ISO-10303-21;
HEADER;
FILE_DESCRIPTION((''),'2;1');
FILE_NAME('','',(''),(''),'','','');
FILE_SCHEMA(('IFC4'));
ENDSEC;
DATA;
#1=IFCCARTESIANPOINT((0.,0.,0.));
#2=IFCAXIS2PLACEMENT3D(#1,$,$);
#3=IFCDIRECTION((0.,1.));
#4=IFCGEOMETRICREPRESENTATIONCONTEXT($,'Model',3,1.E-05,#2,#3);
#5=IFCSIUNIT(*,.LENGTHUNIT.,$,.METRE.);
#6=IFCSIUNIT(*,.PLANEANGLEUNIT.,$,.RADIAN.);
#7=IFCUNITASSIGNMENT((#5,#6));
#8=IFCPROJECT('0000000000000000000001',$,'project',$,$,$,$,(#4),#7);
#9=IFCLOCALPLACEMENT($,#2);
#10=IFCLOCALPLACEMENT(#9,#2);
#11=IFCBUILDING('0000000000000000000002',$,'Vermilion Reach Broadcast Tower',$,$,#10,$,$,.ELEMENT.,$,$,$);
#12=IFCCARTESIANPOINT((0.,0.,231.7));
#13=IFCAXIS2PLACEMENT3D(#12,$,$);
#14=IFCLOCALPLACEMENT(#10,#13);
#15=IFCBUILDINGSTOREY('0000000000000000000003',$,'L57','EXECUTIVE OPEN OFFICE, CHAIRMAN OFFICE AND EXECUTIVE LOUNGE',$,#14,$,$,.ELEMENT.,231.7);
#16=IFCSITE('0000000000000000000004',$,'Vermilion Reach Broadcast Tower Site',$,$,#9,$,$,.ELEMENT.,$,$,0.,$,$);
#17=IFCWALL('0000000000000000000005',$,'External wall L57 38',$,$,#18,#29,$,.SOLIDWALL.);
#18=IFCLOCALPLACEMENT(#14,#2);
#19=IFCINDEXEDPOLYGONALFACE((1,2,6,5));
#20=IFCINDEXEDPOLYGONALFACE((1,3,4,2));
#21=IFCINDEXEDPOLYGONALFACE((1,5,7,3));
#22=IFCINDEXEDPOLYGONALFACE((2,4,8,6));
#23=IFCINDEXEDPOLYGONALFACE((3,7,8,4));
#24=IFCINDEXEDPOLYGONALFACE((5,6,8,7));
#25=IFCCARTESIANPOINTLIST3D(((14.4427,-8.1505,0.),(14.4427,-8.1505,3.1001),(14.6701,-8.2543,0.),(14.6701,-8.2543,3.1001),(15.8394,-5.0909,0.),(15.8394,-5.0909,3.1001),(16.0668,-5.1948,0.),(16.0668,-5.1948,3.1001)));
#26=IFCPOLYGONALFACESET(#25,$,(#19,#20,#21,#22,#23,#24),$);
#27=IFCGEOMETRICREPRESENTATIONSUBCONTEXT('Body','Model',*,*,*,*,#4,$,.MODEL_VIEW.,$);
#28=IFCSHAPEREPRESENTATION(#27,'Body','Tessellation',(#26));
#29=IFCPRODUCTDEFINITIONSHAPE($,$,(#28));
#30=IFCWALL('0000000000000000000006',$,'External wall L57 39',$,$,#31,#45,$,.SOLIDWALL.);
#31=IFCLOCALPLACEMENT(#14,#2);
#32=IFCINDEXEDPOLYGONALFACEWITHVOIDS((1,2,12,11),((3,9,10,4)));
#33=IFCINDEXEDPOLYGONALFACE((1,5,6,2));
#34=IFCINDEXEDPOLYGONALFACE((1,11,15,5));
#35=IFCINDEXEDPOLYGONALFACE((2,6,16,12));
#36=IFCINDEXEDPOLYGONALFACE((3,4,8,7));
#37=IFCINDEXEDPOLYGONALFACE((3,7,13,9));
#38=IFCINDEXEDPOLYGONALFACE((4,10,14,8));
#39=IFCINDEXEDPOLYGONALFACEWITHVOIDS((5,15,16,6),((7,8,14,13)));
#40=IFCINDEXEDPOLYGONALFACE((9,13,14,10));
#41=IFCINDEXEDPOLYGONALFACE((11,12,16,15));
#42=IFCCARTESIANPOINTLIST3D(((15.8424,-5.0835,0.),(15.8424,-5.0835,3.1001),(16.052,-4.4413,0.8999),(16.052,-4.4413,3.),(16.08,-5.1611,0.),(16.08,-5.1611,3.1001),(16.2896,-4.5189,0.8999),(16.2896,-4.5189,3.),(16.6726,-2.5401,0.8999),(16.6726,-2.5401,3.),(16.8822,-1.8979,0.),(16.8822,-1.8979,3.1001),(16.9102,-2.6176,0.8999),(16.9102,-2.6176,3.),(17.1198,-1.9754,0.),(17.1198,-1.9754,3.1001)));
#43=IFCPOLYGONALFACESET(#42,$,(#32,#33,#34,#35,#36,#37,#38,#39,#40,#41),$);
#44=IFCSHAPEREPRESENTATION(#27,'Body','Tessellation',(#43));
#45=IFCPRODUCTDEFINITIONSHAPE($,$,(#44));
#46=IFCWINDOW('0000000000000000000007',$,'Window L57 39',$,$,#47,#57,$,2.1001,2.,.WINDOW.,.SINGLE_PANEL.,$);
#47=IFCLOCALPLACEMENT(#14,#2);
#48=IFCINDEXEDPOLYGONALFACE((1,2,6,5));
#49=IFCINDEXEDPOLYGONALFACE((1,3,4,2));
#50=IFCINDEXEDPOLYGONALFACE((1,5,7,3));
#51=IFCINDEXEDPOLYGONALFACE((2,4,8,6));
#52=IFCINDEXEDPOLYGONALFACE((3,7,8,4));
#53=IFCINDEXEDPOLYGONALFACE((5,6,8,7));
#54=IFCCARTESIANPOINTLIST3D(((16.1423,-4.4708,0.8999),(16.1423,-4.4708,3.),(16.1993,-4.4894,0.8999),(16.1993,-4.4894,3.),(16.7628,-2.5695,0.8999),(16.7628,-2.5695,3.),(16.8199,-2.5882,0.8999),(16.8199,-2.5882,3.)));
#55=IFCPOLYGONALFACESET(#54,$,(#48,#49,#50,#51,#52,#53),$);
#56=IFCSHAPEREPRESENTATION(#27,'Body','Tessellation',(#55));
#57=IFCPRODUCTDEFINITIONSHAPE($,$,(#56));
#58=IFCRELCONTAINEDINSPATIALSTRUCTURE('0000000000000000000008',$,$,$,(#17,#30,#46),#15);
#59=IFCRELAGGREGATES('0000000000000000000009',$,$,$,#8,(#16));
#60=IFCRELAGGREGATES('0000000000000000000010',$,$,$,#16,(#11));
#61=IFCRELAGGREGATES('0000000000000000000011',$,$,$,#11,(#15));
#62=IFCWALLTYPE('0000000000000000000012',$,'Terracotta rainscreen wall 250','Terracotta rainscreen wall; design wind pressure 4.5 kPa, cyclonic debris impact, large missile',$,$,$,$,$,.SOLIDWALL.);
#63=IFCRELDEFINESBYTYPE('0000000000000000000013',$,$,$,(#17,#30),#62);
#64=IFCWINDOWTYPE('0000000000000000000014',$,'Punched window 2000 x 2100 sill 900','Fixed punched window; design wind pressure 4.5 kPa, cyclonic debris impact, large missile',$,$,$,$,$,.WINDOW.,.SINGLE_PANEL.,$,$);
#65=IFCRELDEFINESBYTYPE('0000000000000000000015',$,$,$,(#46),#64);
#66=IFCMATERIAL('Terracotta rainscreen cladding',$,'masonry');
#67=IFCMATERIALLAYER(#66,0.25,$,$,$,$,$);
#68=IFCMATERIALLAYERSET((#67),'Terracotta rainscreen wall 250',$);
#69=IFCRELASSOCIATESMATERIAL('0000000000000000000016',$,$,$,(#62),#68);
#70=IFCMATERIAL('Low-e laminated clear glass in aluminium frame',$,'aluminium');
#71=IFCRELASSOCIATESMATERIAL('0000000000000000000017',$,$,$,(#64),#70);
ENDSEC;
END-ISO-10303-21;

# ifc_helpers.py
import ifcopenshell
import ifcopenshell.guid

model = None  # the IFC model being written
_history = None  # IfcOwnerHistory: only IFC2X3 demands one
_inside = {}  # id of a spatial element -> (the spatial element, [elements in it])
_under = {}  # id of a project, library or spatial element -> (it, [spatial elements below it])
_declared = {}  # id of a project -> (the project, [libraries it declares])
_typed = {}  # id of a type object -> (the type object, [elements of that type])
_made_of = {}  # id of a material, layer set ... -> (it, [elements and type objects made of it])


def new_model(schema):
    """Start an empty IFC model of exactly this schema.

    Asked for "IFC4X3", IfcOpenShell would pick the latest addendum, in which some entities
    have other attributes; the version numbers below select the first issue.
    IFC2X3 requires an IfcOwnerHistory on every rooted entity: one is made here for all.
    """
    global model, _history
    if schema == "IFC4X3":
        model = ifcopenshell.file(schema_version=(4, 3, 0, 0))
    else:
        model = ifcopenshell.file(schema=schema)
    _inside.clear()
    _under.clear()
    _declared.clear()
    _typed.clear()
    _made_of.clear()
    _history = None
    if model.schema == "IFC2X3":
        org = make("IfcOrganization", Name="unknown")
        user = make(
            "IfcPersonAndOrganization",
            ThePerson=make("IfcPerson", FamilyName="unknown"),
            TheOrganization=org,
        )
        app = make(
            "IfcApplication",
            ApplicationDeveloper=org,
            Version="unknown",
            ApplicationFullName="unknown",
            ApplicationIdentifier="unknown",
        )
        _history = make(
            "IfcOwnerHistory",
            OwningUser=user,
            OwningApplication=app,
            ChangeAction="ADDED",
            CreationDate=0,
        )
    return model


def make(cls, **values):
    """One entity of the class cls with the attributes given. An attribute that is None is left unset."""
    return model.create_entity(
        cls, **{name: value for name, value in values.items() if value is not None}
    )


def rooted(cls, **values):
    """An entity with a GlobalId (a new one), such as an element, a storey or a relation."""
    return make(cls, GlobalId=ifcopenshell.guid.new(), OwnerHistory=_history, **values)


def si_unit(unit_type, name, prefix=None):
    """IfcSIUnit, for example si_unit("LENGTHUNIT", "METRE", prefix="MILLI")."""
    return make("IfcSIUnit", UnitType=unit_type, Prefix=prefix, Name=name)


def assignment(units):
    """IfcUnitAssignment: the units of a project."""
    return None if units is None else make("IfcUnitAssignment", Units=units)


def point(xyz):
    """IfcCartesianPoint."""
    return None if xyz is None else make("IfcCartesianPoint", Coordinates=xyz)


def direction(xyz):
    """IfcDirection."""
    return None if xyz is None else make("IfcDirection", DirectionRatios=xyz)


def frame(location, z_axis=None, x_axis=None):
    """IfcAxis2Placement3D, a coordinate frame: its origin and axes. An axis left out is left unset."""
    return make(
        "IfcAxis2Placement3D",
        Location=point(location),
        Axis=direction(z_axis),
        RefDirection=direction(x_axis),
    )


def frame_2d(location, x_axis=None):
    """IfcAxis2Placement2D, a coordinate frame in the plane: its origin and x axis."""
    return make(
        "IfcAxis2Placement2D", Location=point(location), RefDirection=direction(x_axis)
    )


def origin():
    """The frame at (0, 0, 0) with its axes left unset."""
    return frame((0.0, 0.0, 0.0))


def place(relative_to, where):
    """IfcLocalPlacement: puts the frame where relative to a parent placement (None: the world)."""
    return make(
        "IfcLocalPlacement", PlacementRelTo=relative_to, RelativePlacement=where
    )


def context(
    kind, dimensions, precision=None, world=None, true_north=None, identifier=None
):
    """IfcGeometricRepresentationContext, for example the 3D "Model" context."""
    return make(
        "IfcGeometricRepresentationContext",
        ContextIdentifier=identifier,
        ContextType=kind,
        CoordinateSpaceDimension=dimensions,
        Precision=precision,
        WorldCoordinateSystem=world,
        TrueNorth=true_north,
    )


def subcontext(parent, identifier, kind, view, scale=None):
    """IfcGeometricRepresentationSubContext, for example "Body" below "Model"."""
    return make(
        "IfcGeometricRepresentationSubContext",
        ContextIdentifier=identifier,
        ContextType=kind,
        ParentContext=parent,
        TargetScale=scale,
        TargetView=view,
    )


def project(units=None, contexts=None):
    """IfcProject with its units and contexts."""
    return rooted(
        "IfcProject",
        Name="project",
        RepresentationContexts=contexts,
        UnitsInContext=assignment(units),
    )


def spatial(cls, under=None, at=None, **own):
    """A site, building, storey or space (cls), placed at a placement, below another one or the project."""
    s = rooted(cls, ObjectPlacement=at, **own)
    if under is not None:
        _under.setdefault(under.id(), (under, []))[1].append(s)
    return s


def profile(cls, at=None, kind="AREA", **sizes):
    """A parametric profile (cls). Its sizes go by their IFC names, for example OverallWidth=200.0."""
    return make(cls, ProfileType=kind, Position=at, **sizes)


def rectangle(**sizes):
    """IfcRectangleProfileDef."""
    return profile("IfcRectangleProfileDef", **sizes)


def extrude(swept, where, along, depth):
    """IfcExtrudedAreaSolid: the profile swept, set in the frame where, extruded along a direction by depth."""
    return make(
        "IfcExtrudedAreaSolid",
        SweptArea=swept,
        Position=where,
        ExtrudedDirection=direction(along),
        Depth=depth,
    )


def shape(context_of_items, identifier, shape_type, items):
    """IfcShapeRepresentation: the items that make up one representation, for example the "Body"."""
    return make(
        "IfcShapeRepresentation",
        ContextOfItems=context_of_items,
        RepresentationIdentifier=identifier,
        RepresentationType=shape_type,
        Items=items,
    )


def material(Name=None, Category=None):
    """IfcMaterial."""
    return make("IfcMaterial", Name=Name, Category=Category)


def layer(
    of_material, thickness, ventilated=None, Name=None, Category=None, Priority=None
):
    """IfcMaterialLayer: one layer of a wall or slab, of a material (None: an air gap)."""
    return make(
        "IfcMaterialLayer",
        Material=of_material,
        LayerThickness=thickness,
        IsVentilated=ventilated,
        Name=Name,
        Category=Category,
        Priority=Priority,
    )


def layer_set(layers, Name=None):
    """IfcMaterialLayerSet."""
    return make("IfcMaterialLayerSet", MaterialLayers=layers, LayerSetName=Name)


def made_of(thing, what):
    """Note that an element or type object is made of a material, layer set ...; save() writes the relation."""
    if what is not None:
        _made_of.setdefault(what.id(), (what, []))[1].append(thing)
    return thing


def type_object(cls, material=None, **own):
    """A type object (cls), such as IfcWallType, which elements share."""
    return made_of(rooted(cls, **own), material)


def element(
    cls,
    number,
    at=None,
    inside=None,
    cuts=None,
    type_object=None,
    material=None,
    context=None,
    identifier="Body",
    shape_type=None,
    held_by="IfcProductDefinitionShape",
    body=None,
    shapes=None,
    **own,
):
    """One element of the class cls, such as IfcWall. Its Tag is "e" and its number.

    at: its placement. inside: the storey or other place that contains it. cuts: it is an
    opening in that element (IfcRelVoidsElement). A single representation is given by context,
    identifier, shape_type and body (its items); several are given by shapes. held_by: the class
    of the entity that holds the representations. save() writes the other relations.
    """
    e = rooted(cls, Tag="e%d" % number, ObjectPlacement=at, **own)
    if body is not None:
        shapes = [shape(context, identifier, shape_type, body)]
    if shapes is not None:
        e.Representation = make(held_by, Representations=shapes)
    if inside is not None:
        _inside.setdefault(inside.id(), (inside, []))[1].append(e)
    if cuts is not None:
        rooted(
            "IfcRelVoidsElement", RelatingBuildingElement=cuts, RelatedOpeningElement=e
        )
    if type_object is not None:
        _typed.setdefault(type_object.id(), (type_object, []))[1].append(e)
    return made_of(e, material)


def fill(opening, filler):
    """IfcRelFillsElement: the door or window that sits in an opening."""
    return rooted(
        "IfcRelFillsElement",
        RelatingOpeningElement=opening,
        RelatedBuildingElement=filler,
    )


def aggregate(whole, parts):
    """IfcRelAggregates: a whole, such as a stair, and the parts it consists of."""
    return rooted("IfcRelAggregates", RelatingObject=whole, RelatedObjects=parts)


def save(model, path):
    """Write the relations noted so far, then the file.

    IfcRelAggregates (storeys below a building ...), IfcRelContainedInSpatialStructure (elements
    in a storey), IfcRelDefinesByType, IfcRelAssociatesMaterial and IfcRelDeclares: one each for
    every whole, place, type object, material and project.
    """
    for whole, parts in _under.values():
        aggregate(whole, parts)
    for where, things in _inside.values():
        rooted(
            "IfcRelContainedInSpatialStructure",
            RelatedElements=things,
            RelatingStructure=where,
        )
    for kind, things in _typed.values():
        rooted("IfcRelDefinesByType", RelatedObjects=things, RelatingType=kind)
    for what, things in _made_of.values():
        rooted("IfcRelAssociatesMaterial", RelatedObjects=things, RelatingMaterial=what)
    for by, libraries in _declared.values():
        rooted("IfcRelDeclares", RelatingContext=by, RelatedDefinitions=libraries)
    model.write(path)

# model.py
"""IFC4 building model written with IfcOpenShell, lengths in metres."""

from ifc_helpers import new_model, si_unit, direction, frame, frame_2d, origin, place, context, subcontext, project, spatial, rectangle, extrude, material, layer, layer_set, type_object, element, fill, save


model = new_model("IFC4")

# Units and contexts
model_context = context("Model", 3, precision=1e-05, world=origin(), true_north=direction((0.0, 1.0)))
body_context = subcontext(model_context, "Body", "Model", "MODEL_VIEW")
ifc_project = project(units=[si_unit("LENGTHUNIT", "METRE"), si_unit("PLANEANGLEUNIT", "RADIAN")], contexts=[model_context])

# Site, building, storey
site_placement = place(None, origin())
site = spatial("IfcSite", under=ifc_project, at=site_placement, Name="Vermilion Reach Broadcast Tower Site", CompositionType="ELEMENT", RefElevation=0.0)
building_placement = place(site_placement, origin())
building = spatial("IfcBuilding", under=site, at=building_placement, Name="Vermilion Reach Broadcast Tower", CompositionType="ELEMENT")
storey_placement = place(building_placement, frame((0.0, 0.0, 231.7)))
storey = spatial("IfcBuildingStorey", under=building, at=storey_placement, Name="L57", Description="EXECUTIVE OPEN OFFICE, CHAIRMAN OFFICE AND EXECUTIVE LOUNGE", CompositionType="ELEMENT", Elevation=231.7)

# Wall
ifc_material_1 = material(Name="Terracotta rainscreen cladding", Category="masonry")
ifc_layer_1 = layer(ifc_material_1, 0.25)
ifc_layer_set_1 = layer_set([ifc_layer_1], Name="Terracotta rainscreen wall 250")
wall_type_1 = type_object("IfcWallType", Name="Terracotta rainscreen wall 250", Description="Terracotta rainscreen wall; design wind pressure 4.5 kPa, cyclonic debris impact, large missile", PredefinedType="SOLIDWALL", material=ifc_layer_set_1)
wall_1_placement = place(storey_placement, frame((14.5564, -8.2024, 0.0), z_axis=(0.0, 0.0, 1.0), x_axis=(0.415285, 0.909692, 0.0)))
element("IfcWall", 1, at=wall_1_placement, inside=storey, type_object=wall_type_1, Name="External wall L57 38", PredefinedType="SOLIDWALL", context=body_context, shape_type="SweptSolid", body=[
    extrude(rectangle(XDim=3.3633, YDim=0.25, at=frame_2d((1.6816, 0.0))), origin(), (0.0, 0.0, 1.0), 3.1001),
])

# Wall, opening, window
wall_2_placement = place(storey_placement, frame((15.9612, -5.1223, 0.0), z_axis=(0.0, 0.0, 1.0), x_axis=(0.310298, 0.950639, 0.0)))
wall_2 = element("IfcWall", 2, at=wall_2_placement, inside=storey, type_object=wall_type_1, Name="External wall L57 39", PredefinedType="SOLIDWALL", context=body_context, shape_type="SweptSolid", body=[
    extrude(rectangle(XDim=3.3511, YDim=0.25, at=frame_2d((1.6755, 0.0))), origin(), (0.0, 0.0, 1.0), 3.1001),
])
opening_1_placement = place(wall_2_placement, frame((0.6755, 0.0, 0.8999)))
opening_1 = element("IfcOpeningElement", 3, at=opening_1_placement, cuts=wall_2, PredefinedType="OPENING", context=body_context, shape_type="SweptSolid", body=[
    extrude(rectangle(XDim=2.0, YDim=2.1001, at=frame_2d((1.0, 1.05))), frame((0.0, 0.135, 0.0), z_axis=(0.0, -1.0, 0.0), x_axis=(1.0, 0.0, 0.0)), (0.0, 0.0, 1.0), 0.27),
])
ifc_material_2 = material(Name="Low-e laminated clear glass in aluminium frame", Category="aluminium")
window_type = type_object("IfcWindowType", Name="Punched window 2000 x 2100 sill 900", Description="Fixed punched window; design wind pressure 4.5 kPa, cyclonic debris impact, large missile", PartitioningType="SINGLE_PANEL", PredefinedType="WINDOW", material=ifc_material_2)
window_placement = place(opening_1_placement, origin())
window = element("IfcWindow", 4, at=window_placement, inside=storey, type_object=window_type, Name="Window L57 39", OverallHeight=2.1001, OverallWidth=2.0, PartitioningType="SINGLE_PANEL", PredefinedType="WINDOW", context=body_context, shape_type="SweptSolid", body=[
    extrude(rectangle(XDim=2.0, YDim=2.1001, at=frame_2d((1.0, 1.05))), frame((0.0, 0.03, 0.0), z_axis=(0.0, -1.0, 0.0), x_axis=(1.0, 0.0, 0.0)), (0.0, 0.0, 1.0), 0.0601),
])
fill(opening_1, window)

save(model, "model.ifc")
